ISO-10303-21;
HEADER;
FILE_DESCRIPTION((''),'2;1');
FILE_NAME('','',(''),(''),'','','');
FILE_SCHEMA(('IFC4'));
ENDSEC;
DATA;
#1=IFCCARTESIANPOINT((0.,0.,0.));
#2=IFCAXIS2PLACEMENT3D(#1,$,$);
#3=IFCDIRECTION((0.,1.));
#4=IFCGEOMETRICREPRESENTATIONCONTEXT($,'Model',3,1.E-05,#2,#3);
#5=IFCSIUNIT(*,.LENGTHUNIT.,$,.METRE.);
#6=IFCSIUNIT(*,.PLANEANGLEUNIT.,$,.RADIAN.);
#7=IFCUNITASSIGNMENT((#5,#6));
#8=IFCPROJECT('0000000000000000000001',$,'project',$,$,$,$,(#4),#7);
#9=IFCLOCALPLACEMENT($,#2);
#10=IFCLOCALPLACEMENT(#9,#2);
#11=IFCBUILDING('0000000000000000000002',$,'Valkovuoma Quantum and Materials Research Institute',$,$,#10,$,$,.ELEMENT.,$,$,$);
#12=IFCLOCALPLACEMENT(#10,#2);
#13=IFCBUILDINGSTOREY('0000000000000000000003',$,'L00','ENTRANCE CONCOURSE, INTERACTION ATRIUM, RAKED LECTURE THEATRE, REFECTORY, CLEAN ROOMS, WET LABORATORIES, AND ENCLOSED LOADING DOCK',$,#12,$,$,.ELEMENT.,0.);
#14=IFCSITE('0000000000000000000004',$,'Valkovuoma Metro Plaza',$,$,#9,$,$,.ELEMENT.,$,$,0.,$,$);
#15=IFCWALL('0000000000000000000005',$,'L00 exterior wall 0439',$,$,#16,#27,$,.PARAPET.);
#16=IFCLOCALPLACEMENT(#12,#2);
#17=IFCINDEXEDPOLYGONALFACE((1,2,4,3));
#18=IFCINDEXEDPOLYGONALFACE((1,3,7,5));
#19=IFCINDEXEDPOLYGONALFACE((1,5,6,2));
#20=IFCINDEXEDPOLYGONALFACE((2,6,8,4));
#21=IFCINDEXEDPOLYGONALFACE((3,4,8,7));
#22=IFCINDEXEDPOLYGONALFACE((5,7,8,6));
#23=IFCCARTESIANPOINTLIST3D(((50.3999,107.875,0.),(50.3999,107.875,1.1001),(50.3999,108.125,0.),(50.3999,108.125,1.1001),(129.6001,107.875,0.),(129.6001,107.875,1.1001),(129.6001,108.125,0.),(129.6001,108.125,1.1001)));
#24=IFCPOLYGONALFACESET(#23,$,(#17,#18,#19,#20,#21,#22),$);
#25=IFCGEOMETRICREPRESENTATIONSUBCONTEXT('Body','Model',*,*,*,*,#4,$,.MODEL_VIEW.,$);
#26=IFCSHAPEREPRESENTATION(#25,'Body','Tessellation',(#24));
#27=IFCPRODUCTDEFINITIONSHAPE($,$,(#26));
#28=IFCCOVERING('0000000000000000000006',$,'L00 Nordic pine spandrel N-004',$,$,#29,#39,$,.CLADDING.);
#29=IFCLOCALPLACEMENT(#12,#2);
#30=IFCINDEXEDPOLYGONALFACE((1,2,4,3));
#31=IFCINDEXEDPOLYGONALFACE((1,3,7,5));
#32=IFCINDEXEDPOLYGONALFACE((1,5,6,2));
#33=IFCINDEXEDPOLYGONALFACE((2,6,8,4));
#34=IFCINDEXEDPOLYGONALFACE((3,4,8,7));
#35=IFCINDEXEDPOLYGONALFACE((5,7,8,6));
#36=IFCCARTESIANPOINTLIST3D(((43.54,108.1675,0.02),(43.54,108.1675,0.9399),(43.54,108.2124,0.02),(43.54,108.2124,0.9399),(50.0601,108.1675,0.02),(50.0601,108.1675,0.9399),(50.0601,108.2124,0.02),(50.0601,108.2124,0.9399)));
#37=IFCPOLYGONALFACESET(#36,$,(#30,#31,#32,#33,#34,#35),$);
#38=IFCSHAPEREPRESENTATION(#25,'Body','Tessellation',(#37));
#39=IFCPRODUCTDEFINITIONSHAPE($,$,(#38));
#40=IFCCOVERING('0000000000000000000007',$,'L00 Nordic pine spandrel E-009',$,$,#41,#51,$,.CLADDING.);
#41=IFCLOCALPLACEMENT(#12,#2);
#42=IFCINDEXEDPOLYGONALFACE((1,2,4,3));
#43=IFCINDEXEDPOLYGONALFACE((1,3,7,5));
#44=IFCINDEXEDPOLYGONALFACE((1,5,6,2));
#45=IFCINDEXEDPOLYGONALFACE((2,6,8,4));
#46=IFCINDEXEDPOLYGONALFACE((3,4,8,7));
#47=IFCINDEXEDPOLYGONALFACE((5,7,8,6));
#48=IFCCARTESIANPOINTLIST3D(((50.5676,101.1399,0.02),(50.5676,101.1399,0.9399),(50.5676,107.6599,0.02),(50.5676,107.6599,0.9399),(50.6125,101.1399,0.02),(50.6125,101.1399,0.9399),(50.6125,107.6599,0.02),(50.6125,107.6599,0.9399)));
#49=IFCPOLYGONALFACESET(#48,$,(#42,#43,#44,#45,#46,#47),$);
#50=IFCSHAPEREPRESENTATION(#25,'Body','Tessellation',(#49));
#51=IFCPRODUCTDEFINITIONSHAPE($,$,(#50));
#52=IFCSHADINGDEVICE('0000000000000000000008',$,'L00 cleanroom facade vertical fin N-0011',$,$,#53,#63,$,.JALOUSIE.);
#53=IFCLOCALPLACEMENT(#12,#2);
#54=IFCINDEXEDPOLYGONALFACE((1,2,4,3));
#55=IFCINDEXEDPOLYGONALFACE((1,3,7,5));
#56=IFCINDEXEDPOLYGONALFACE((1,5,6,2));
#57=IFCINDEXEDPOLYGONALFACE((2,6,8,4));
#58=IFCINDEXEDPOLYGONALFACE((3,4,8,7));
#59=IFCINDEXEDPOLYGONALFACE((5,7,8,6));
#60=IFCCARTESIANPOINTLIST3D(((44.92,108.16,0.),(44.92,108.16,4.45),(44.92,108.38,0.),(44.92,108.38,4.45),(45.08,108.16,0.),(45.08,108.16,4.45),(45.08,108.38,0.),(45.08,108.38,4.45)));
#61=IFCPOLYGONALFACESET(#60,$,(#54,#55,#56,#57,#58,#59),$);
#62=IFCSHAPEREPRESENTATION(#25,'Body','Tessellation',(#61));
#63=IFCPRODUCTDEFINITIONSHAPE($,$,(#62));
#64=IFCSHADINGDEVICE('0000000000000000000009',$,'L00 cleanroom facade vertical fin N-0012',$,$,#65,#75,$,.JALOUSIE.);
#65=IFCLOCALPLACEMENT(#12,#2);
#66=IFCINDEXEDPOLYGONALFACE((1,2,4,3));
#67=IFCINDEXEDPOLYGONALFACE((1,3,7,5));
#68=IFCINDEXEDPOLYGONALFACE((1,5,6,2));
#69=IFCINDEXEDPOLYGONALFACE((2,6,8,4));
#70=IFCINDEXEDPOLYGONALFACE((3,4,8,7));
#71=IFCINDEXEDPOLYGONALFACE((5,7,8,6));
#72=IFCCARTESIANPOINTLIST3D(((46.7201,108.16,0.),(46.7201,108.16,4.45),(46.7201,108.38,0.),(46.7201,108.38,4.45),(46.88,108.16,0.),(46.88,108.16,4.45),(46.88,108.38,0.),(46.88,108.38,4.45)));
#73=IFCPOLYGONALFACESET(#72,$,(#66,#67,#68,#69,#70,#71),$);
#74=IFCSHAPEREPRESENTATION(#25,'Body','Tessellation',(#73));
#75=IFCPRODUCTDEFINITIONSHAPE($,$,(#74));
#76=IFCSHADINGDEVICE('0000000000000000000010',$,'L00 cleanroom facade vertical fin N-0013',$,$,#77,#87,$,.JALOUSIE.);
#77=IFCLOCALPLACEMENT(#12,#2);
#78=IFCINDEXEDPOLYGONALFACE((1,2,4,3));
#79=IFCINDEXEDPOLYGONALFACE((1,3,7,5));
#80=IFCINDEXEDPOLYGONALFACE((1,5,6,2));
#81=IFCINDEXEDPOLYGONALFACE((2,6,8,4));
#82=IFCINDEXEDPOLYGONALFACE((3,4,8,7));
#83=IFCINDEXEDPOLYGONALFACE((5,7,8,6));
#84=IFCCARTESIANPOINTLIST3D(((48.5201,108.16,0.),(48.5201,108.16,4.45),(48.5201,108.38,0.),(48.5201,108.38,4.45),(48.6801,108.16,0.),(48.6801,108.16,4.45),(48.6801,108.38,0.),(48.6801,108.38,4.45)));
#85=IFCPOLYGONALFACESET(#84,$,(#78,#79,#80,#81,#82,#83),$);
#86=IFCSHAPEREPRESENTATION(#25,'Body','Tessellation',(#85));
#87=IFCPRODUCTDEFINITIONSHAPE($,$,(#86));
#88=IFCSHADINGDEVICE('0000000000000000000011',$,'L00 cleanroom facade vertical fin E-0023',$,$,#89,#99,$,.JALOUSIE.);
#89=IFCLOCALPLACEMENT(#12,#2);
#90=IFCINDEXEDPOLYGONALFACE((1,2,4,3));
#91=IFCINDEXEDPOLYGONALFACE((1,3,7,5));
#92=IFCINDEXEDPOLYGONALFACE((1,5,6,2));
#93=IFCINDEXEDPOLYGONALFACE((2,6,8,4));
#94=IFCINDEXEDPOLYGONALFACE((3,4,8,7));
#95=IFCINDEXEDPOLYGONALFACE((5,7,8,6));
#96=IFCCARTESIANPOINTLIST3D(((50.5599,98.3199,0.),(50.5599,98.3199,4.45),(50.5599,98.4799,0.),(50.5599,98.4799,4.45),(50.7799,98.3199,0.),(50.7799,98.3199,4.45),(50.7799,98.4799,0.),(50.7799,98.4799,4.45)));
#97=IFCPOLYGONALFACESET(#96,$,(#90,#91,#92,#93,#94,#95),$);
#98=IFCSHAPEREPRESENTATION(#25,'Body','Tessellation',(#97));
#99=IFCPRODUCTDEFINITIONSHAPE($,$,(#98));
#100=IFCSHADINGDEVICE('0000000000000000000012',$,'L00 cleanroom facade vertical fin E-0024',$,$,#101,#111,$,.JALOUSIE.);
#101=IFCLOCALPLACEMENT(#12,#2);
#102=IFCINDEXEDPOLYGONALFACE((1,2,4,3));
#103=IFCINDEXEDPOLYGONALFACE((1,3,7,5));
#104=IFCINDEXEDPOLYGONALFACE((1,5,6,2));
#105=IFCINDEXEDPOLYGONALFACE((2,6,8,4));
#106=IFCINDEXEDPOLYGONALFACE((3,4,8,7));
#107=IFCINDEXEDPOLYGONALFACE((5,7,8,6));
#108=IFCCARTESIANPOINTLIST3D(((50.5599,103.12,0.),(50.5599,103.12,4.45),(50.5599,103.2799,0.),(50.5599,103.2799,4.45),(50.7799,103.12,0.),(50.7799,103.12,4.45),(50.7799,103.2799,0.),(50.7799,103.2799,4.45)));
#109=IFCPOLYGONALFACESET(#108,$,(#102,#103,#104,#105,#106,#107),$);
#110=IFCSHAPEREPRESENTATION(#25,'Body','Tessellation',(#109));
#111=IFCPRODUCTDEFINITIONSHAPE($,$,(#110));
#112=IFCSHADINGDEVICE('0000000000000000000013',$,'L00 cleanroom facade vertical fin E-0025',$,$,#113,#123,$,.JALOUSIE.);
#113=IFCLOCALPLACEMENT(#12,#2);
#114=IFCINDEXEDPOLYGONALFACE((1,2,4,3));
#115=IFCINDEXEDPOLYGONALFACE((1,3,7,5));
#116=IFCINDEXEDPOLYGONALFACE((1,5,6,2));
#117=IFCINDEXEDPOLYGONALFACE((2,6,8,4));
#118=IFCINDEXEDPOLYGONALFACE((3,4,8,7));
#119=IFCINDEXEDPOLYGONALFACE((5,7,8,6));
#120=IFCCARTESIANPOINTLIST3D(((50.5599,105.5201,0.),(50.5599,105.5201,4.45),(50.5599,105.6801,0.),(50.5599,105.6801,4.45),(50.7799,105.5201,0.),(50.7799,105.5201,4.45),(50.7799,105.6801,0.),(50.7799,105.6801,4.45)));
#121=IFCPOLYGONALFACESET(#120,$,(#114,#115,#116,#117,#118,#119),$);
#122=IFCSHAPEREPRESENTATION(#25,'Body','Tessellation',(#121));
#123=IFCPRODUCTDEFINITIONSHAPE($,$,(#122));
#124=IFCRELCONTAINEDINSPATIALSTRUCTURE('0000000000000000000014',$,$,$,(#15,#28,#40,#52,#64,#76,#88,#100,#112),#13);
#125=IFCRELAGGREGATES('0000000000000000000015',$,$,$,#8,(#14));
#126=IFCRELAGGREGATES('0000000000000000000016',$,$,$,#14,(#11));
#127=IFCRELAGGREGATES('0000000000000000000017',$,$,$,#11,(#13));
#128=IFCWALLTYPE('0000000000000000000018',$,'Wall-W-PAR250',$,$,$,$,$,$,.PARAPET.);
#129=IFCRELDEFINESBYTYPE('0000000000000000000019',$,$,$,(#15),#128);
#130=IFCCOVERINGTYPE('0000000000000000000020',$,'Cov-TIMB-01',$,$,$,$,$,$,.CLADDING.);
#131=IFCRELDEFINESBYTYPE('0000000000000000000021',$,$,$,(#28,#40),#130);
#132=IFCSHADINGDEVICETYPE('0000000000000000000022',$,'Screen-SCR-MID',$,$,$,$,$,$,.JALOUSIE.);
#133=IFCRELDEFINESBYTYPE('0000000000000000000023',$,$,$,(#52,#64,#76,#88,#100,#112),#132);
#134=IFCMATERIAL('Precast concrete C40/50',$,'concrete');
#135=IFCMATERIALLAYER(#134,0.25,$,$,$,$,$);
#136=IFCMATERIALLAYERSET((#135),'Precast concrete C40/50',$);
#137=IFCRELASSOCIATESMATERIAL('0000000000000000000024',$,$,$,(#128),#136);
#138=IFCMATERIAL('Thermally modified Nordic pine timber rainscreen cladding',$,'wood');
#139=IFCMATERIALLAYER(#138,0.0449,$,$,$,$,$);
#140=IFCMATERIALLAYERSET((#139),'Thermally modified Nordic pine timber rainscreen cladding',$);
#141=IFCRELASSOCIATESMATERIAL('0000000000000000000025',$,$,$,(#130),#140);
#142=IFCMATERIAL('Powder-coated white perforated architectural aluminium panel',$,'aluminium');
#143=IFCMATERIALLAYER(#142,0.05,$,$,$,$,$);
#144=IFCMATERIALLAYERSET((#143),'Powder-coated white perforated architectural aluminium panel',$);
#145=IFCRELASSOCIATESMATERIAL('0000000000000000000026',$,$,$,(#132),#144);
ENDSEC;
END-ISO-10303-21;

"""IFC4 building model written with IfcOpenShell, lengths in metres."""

from ifc_helpers import new_model, si_unit, direction, frame, frame_2d, origin, origin_2d, place, context, subcontext, project, spatial, rectangle, extrude, material, layer, layer_set, type_object, element, save


model = new_model("IFC4")

# Units and contexts
model_context = context("Model", 3, precision=1e-05, world=origin(), true_north=direction((0.0, 1.0)))
body_context = subcontext(model_context, "Body", "Model", "MODEL_VIEW")
ifc_project = project(units=[si_unit("LENGTHUNIT", "METRE"), si_unit("PLANEANGLEUNIT", "RADIAN")], contexts=[model_context])

# Site, building, storey
site_placement = place(None, origin())
site = spatial("IfcSite", under=ifc_project, at=site_placement, Name="Valkovuoma Metro Plaza", CompositionType="ELEMENT", RefElevation=0.0)
building_placement = place(site_placement, origin())
building = spatial("IfcBuilding", under=site, at=building_placement, Name="Valkovuoma Quantum and Materials Research Institute", CompositionType="ELEMENT")
storey_placement = place(building_placement, origin())
storey = spatial("IfcBuildingStorey", under=building, at=storey_placement, Name="L00", Description="ENTRANCE CONCOURSE, INTERACTION ATRIUM, RAKED LECTURE THEATRE, REFECTORY, CLEAN ROOMS, WET LABORATORIES, AND ENCLOSED LOADING DOCK", CompositionType="ELEMENT", Elevation=0.0)

# Wall
ifc_material_1 = material(Name="Precast concrete C40/50", Category="concrete")
ifc_layer_1 = layer(ifc_material_1, 0.25)
ifc_layer_set_1 = layer_set([ifc_layer_1], Name="Precast concrete C40/50")
wall_type_1 = type_object("IfcWallType", Name="Wall-W-PAR250", PredefinedType="PARAPET", material=ifc_layer_set_1)
wall_1_placement = place(storey_placement, frame((50.3999, 108.0, 0.0), z_axis=(0.0, 0.0, 1.0), x_axis=(1.0, 0.0, 0.0)))
element("IfcWall", 1, at=wall_1_placement, inside=storey, type_object=wall_type_1, Name="L00 exterior wall 0439", PredefinedType="PARAPET", context=body_context, shape_type="SweptSolid", body=[
    extrude(rectangle(XDim=79.2002, YDim=0.25, at=frame_2d((39.6001, 0.0))), origin(), (0.0, 0.0, 1.0), 1.1001),
])

# Coverings
ifc_material_2 = material(Name="Thermally modified Nordic pine timber rainscreen cladding", Category="wood")
ifc_layer_2 = layer(ifc_material_2, 0.0449)
ifc_layer_set_2 = layer_set([ifc_layer_2], Name="Thermally modified Nordic pine timber rainscreen cladding")
covering_type = type_object("IfcCoveringType", Name="Cov-TIMB-01", PredefinedType="CLADDING", material=ifc_layer_set_2)
covering_1_placement = place(storey_placement, frame((46.8, 108.1899, 0.02), z_axis=(0.0, 0.0, 1.0), x_axis=(1.0, 0.0, 0.0)))
element("IfcCovering", 2, at=covering_1_placement, inside=storey, type_object=covering_type, Name="L00 Nordic pine spandrel N-004", PredefinedType="CLADDING", context=body_context, shape_type="SweptSolid", body=[
    extrude(rectangle(XDim=6.52, YDim=0.0449, at=origin_2d()), origin(), (0.0, 0.0, 1.0), 0.9199),
])
covering_2_placement = place(storey_placement, frame((50.5901, 104.3999, 0.02), z_axis=(0.0, 0.0, 1.0), x_axis=(1.0, 0.0, 0.0)))
element("IfcCovering", 3, at=covering_2_placement, inside=storey, type_object=covering_type, Name="L00 Nordic pine spandrel E-009", PredefinedType="CLADDING", context=body_context, shape_type="SweptSolid", body=[
    extrude(rectangle(XDim=0.0449, YDim=6.52, at=origin_2d()), origin(), (0.0, 0.0, 1.0), 0.9199),
])

# Shading devices
ifc_material_3 = material(Name="Powder-coated white perforated architectural aluminium panel", Category="aluminium")
ifc_layer_3 = layer(ifc_material_3, 0.05)
ifc_layer_set_3 = layer_set([ifc_layer_3], Name="Powder-coated white perforated architectural aluminium panel")
shading_device_type = type_object("IfcShadingDeviceType", Name="Screen-SCR-MID", PredefinedType="JALOUSIE", material=ifc_layer_set_3)
for number, where, z_axis, x_axis, name in (
    (4, (45.0, 108.27, 0.0), (0.0, 0.0, 1.0), (1.0, 0.0, 0.0), "L00 cleanroom facade vertical fin N-0011"),
    (5, (46.8, 108.27, 0.0), (0.0, 0.0, 1.0), (1.0, 0.0, 0.0), "L00 cleanroom facade vertical fin N-0012"),
    (6, (48.6001, 108.27, 0.0), (0.0, 0.0, 1.0), (1.0, 0.0, 0.0), "L00 cleanroom facade vertical fin N-0013"),
):
    element("IfcShadingDevice", number, at=place(storey_placement, frame(where, z_axis=z_axis, x_axis=x_axis)), inside=storey, type_object=shading_device_type, Name=name, PredefinedType="JALOUSIE", context=body_context, shape_type="SweptSolid", body=[
        extrude(rectangle(XDim=0.1599, YDim=0.22, at=origin_2d()), origin(), (0.0, 0.0, 1.0), 4.45),
    ])
for number, where, z_axis, x_axis, name in (
    (7, (50.6699, 98.3999, 0.0), (0.0, 0.0, 1.0), (1.0, 0.0, 0.0), "L00 cleanroom facade vertical fin E-0023"),
    (8, (50.6699, 103.2, 0.0), (0.0, 0.0, 1.0), (1.0, 0.0, 0.0), "L00 cleanroom facade vertical fin E-0024"),
    (9, (50.6699, 105.6001, 0.0), (0.0, 0.0, 1.0), (1.0, 0.0, 0.0), "L00 cleanroom facade vertical fin E-0025"),
):
    element("IfcShadingDevice", number, at=place(storey_placement, frame(where, z_axis=z_axis, x_axis=x_axis)), inside=storey, type_object=shading_device_type, Name=name, PredefinedType="JALOUSIE", context=body_context, shape_type="SweptSolid", body=[
        extrude(rectangle(XDim=0.22, YDim=0.1599, at=origin_2d()), origin(), (0.0, 0.0, 1.0), 4.45),
    ])

save(model, "model.ifc")
